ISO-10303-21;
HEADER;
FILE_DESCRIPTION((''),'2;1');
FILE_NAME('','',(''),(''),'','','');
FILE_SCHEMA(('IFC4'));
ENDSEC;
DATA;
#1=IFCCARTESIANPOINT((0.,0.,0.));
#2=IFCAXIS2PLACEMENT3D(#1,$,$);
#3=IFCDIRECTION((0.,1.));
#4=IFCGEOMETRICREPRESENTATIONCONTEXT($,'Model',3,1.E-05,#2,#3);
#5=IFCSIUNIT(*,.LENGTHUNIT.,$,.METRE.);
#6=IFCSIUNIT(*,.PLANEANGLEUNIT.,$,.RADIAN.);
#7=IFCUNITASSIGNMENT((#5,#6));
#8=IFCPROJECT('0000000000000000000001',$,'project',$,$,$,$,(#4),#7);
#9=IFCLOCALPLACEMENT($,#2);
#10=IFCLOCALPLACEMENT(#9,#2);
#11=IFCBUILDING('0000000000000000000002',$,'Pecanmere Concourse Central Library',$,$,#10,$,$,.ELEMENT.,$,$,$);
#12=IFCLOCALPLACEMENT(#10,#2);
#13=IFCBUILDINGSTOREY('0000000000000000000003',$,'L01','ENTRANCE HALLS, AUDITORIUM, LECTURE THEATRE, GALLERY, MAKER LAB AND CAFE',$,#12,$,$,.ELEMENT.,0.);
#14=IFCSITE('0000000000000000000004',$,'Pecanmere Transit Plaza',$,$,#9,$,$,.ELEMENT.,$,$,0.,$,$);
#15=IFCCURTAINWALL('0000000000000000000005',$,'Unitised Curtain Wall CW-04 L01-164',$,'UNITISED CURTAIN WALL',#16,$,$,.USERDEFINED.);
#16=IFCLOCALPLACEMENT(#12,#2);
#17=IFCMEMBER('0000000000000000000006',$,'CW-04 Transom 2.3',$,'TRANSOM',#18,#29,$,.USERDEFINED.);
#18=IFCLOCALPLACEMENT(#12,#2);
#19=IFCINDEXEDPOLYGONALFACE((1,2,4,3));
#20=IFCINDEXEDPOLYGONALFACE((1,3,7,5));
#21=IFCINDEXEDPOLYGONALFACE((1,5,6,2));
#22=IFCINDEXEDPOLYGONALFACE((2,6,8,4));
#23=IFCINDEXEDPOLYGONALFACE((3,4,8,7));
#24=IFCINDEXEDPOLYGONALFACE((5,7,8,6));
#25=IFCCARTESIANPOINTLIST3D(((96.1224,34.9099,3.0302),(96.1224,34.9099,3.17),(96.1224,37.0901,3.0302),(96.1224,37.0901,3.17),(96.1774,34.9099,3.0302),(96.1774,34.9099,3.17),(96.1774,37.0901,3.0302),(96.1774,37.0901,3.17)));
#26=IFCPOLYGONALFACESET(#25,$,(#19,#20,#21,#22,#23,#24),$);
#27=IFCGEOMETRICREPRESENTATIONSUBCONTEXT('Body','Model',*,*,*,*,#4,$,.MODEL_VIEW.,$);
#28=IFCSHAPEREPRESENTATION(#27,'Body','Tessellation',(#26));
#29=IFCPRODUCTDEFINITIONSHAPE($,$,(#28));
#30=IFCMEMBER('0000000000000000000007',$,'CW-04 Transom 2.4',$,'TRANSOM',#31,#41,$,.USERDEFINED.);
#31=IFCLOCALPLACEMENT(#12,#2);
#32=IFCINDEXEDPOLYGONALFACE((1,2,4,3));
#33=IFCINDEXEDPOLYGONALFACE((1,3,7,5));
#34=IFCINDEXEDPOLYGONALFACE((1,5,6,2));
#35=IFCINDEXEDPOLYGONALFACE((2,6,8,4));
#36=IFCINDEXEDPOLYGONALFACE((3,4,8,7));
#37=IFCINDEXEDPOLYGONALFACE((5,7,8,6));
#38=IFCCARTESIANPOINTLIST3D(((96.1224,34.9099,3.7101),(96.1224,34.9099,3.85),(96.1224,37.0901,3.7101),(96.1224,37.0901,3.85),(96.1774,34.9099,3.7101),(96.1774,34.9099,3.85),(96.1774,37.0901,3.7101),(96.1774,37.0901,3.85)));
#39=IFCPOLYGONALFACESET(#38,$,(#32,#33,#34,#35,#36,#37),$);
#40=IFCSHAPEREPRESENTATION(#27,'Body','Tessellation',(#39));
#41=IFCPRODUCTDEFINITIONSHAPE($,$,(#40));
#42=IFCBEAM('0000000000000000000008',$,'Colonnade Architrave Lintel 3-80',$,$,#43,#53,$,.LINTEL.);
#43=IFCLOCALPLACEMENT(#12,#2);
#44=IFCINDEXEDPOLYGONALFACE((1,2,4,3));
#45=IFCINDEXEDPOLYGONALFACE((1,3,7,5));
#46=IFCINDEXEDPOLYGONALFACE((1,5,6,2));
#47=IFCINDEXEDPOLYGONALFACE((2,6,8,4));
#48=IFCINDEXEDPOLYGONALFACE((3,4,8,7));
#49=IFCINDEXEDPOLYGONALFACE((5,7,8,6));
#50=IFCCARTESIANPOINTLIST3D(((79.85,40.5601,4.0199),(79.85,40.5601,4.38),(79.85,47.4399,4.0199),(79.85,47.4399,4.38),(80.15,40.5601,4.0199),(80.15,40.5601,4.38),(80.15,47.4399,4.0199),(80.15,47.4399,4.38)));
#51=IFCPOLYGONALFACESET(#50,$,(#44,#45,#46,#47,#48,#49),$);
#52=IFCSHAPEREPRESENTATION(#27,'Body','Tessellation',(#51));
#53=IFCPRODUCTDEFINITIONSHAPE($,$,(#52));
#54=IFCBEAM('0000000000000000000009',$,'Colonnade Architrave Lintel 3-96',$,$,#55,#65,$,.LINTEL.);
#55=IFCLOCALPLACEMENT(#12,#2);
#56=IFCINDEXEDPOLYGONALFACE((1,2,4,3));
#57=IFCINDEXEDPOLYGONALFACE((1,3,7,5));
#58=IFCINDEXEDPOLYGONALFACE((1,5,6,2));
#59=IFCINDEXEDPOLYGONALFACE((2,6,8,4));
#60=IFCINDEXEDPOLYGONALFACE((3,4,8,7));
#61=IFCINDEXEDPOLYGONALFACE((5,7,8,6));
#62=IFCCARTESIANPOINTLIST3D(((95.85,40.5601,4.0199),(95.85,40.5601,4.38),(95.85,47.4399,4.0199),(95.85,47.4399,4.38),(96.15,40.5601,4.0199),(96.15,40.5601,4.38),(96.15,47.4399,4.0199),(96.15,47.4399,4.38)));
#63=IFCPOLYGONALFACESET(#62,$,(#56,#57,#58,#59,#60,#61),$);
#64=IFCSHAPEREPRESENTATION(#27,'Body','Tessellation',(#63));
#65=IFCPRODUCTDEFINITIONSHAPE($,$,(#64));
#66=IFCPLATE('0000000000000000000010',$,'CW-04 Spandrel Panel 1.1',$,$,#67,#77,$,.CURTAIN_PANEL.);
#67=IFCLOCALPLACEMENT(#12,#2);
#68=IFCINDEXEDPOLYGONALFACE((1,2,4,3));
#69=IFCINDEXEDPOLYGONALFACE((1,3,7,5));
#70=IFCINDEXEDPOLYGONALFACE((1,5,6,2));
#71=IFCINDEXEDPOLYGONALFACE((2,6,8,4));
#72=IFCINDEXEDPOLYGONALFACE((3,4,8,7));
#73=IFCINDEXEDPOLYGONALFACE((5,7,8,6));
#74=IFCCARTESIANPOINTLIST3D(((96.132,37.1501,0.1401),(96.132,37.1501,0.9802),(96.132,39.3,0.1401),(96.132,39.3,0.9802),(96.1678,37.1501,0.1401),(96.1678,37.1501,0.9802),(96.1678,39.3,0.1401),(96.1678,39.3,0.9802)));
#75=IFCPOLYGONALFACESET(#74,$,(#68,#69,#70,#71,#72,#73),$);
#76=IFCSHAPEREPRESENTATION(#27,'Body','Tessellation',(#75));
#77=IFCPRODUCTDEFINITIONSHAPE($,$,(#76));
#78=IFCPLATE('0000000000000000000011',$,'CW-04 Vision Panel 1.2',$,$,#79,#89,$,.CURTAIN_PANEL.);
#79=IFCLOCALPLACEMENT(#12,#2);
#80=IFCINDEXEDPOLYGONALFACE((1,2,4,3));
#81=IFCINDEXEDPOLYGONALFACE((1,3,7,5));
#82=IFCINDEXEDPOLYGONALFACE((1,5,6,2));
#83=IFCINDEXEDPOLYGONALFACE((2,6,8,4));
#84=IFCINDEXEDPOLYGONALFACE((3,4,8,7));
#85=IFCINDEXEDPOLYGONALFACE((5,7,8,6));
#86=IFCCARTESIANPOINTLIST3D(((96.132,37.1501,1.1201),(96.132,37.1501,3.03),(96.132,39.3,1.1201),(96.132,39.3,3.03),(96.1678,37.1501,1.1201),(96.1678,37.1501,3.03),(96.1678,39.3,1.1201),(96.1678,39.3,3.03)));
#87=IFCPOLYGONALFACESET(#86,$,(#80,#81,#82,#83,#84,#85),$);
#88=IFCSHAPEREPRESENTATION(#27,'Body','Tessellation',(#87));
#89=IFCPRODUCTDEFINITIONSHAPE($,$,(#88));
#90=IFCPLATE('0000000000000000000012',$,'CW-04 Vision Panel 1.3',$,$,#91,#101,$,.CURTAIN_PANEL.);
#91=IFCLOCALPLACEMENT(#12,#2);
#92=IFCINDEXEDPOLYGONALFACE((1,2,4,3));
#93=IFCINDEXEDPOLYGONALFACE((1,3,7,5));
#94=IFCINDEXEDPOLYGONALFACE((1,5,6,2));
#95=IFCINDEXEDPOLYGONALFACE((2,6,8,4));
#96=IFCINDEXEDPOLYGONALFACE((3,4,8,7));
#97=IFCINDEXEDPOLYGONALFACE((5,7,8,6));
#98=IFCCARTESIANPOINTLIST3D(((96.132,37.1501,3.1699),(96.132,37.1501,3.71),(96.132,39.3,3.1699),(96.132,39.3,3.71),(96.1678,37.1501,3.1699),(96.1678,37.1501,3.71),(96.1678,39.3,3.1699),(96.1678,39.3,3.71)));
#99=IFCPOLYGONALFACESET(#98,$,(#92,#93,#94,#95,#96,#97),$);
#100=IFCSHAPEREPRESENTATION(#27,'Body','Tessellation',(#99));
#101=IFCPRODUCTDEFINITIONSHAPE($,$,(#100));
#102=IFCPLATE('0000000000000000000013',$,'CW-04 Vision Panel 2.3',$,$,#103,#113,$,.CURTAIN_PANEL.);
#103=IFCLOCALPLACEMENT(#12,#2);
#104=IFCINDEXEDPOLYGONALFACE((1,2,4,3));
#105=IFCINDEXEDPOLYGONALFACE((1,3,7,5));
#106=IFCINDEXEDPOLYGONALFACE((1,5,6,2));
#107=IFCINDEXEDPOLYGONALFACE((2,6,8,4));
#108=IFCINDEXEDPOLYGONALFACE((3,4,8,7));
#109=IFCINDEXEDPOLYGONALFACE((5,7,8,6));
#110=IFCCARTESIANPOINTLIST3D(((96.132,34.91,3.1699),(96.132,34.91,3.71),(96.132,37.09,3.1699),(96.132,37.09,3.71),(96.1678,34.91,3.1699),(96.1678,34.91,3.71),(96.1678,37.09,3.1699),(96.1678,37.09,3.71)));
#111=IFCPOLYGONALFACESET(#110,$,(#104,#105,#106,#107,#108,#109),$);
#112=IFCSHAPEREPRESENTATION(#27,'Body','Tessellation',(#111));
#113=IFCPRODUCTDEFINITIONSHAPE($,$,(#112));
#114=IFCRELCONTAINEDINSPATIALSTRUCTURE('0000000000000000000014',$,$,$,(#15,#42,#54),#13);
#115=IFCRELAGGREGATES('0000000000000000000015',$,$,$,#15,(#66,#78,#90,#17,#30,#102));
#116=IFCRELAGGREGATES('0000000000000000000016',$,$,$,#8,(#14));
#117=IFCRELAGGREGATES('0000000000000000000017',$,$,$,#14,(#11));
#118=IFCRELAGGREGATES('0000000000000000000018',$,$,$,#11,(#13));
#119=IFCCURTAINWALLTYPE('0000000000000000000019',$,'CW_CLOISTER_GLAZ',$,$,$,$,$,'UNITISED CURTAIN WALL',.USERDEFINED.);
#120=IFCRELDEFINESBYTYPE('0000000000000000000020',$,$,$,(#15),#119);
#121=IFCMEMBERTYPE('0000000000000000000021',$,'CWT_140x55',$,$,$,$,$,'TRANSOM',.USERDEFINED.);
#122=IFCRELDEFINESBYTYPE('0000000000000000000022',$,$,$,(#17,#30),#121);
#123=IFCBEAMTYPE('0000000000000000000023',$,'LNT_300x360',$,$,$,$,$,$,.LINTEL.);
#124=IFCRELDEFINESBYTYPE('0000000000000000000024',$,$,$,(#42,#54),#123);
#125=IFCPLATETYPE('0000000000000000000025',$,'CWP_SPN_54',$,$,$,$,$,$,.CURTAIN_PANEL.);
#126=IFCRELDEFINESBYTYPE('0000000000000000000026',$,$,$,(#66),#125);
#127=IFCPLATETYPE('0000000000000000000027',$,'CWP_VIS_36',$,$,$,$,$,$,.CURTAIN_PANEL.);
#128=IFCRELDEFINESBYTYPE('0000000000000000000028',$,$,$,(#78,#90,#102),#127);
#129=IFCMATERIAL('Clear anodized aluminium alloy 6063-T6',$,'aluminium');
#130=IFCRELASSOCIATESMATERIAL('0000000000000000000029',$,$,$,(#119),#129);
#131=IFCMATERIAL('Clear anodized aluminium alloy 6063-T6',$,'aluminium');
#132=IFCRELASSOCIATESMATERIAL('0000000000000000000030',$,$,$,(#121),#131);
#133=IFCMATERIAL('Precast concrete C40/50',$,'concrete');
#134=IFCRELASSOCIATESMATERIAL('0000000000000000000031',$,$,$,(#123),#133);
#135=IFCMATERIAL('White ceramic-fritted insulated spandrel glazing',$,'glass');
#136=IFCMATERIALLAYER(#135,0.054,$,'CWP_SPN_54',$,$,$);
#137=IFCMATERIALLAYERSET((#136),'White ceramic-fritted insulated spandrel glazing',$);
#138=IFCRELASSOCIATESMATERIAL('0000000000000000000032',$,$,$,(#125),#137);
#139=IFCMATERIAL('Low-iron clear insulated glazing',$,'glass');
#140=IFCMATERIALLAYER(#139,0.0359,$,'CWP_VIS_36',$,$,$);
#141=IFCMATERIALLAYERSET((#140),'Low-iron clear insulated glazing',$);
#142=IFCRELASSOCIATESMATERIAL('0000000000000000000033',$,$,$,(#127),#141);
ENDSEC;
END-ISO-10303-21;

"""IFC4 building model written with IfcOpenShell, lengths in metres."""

from ifc_helpers import new_model, si_unit, direction, frame, origin, origin_2d, place, context, subcontext, project, spatial, rectangle, extrude, material, layer, layer_set, material_profile, profile_set, type_object, element, aggregate, save


model = new_model("IFC4")

# Units and contexts
model_context = context("Model", 3, precision=1e-05, world=origin(), true_north=direction((0.0, 1.0)))
body_context = subcontext(model_context, "Body", "Model", "MODEL_VIEW")
ifc_project = project(units=[si_unit("LENGTHUNIT", "METRE"), si_unit("PLANEANGLEUNIT", "RADIAN")], contexts=[model_context])

# Site, building, storey
site_placement = place(None, origin())
site = spatial("IfcSite", under=ifc_project, at=site_placement, Name="Pecanmere Transit Plaza", CompositionType="ELEMENT", RefElevation=0.0)
building_placement = place(site_placement, origin())
building = spatial("IfcBuilding", under=site, at=building_placement, Name="Pecanmere Concourse Central Library", CompositionType="ELEMENT")
storey_placement = place(building_placement, origin())
storey = spatial("IfcBuildingStorey", under=building, at=storey_placement, Name="L01", Description="ENTRANCE HALLS, AUDITORIUM, LECTURE THEATRE, GALLERY, MAKER LAB AND CAFE", CompositionType="ELEMENT", Elevation=0.0)

# Curtain wall
ifc_material_1 = material(Name="Clear anodized aluminium alloy 6063-T6", Category="aluminium")
curtain_wall_type = type_object("IfcCurtainWallType", Name="CW_CLOISTER_GLAZ", ElementType="UNITISED CURTAIN WALL", PredefinedType="USERDEFINED", material=ifc_material_1)
curtain_wall_1_placement = place(storey_placement, origin())
curtain_wall_1 = element("IfcCurtainWall", 1, at=curtain_wall_1_placement, inside=storey, type_object=curtain_wall_type, Name="Unitised Curtain Wall CW-04 L01-164", ObjectType="UNITISED CURTAIN WALL", PredefinedType="USERDEFINED")

# Members
ifc_material_2 = material(Name="Clear anodized aluminium alloy 6063-T6", Category="aluminium")
ifc_material_profile_1 = material_profile(ifc_material_2, rectangle(XDim=0.0549, YDim=0.1399, at=origin_2d()), Name="AL 55x140")
ifc_profile_set_1 = profile_set([ifc_material_profile_1], Name="Clear anodized aluminium alloy 6063-T6")
member_type_1 = type_object("IfcMemberType", Name="CWT_140x55", ElementType="TRANSOM", PredefinedType="USERDEFINED", material=ifc_profile_set_1)
member_1_placement = place(storey_placement, frame((96.1499, 37.0901, 3.1001), z_axis=(0.0, -1.0, 0.0), x_axis=(1.0, 0.0, 0.0)))
member_1 = element("IfcMember", 2, at=member_1_placement, type_object=member_type_1, Name="CW-04 Transom 2.3", ObjectType="TRANSOM", PredefinedType="USERDEFINED", context=body_context, shape_type="SweptSolid", body=[
    extrude(rectangle(XDim=0.0549, YDim=0.1399, at=origin_2d()), origin(), (0.0, 0.0, 1.0), 2.1802),
])
member_2_placement = place(storey_placement, frame((96.1499, 37.0901, 3.78), z_axis=(0.0, -1.0, 0.0), x_axis=(1.0, 0.0, 0.0)))
member_2 = element("IfcMember", 3, at=member_2_placement, type_object=member_type_1, Name="CW-04 Transom 2.4", ObjectType="TRANSOM", PredefinedType="USERDEFINED", context=body_context, shape_type="SweptSolid", body=[
    extrude(rectangle(XDim=0.0549, YDim=0.1399, at=origin_2d()), origin(), (0.0, 0.0, 1.0), 2.1802),
])

# Beams
ifc_material_3 = material(Name="Precast concrete C40/50", Category="concrete")
ifc_material_profile_2 = material_profile(ifc_material_3, rectangle(XDim=0.3, YDim=0.3601, at=origin_2d()), Name="RC 300x360")
ifc_profile_set_2 = profile_set([ifc_material_profile_2], Name="Precast concrete C40/50")
beam_type = type_object("IfcBeamType", Name="LNT_300x360", PredefinedType="LINTEL", material=ifc_profile_set_2)
for number, where, z_axis, x_axis, name in (
    (4, (80.0, 40.5601, 4.2), (0.0, 1.0, 0.0), (-1.0, 0.0, 0.0), "Colonnade Architrave Lintel 3-80"),
    (5, (96.0, 40.5601, 4.2), (0.0, 1.0, 0.0), (-1.0, 0.0, 0.0), "Colonnade Architrave Lintel 3-96"),
):
    element("IfcBeam", number, at=place(storey_placement, frame(where, z_axis=z_axis, x_axis=x_axis)), inside=storey, type_object=beam_type, Name=name, PredefinedType="LINTEL", context=body_context, shape_type="SweptSolid", body=[
        extrude(rectangle(XDim=0.3, YDim=0.3601, at=origin_2d()), origin(), (0.0, 0.0, 1.0), 6.8799),
    ])

# Plates
ifc_material_4 = material(Name="White ceramic-fritted insulated spandrel glazing", Category="glass")
ifc_layer_1 = layer(ifc_material_4, 0.054, Name="CWP_SPN_54")
ifc_layer_set_1 = layer_set([ifc_layer_1], Name="White ceramic-fritted insulated spandrel glazing")
plate_type_1 = type_object("IfcPlateType", Name="CWP_SPN_54", PredefinedType="CURTAIN_PANEL", material=ifc_layer_set_1)
plate_1_placement = place(storey_placement, frame((96.1499, 38.2251, 0.1401), z_axis=(0.0, 0.0, 1.0), x_axis=(0.0, -1.0, 0.0)))
plate_1 = element("IfcPlate", 6, at=plate_1_placement, type_object=plate_type_1, Name="CW-04 Spandrel Panel 1.1", PredefinedType="CURTAIN_PANEL", context=body_context, shape_type="SweptSolid", body=[
    extrude(rectangle(XDim=2.1499, YDim=0.0359, at=origin_2d()), origin(), (0.0, 0.0, 1.0), 0.8401),
])
ifc_material_5 = material(Name="Low-iron clear insulated glazing", Category="glass")
ifc_layer_2 = layer(ifc_material_5, 0.0359, Name="CWP_VIS_36")
ifc_layer_set_2 = layer_set([ifc_layer_2], Name="Low-iron clear insulated glazing")
plate_type_2 = type_object("IfcPlateType", Name="CWP_VIS_36", PredefinedType="CURTAIN_PANEL", material=ifc_layer_set_2)
plate_2_placement = place(storey_placement, frame((96.1499, 38.2251, 1.1201), z_axis=(0.0, 0.0, 1.0), x_axis=(0.0, -1.0, 0.0)))
plate_2 = element("IfcPlate", 7, at=plate_2_placement, type_object=plate_type_2, Name="CW-04 Vision Panel 1.2", PredefinedType="CURTAIN_PANEL", context=body_context, shape_type="SweptSolid", body=[
    extrude(rectangle(XDim=2.1499, YDim=0.0359, at=origin_2d()), origin(), (0.0, 0.0, 1.0), 1.9099),
])
plate_3_placement = place(storey_placement, frame((96.1499, 38.2251, 3.1699), z_axis=(0.0, 0.0, 1.0), x_axis=(0.0, -1.0, 0.0)))
plate_3 = element("IfcPlate", 8, at=plate_3_placement, type_object=plate_type_2, Name="CW-04 Vision Panel 1.3", PredefinedType="CURTAIN_PANEL", context=body_context, shape_type="SweptSolid", body=[
    extrude(rectangle(XDim=2.1499, YDim=0.0359, at=origin_2d()), origin(), (0.0, 0.0, 1.0), 0.54),
])
plate_4_placement = place(storey_placement, frame((96.1499, 36.0, 3.1699), z_axis=(0.0, 0.0, 1.0), x_axis=(0.0, -1.0, 0.0)))
plate_4 = element("IfcPlate", 9, at=plate_4_placement, type_object=plate_type_2, Name="CW-04 Vision Panel 2.3", PredefinedType="CURTAIN_PANEL", context=body_context, shape_type="SweptSolid", body=[
    extrude(rectangle(XDim=2.1799, YDim=0.0359, at=origin_2d()), origin(), (0.0, 0.0, 1.0), 0.54),
])
aggregate(curtain_wall_1, [plate_1, plate_2, plate_3, member_1, member_2, plate_4])

save(model, "model.ifc")
